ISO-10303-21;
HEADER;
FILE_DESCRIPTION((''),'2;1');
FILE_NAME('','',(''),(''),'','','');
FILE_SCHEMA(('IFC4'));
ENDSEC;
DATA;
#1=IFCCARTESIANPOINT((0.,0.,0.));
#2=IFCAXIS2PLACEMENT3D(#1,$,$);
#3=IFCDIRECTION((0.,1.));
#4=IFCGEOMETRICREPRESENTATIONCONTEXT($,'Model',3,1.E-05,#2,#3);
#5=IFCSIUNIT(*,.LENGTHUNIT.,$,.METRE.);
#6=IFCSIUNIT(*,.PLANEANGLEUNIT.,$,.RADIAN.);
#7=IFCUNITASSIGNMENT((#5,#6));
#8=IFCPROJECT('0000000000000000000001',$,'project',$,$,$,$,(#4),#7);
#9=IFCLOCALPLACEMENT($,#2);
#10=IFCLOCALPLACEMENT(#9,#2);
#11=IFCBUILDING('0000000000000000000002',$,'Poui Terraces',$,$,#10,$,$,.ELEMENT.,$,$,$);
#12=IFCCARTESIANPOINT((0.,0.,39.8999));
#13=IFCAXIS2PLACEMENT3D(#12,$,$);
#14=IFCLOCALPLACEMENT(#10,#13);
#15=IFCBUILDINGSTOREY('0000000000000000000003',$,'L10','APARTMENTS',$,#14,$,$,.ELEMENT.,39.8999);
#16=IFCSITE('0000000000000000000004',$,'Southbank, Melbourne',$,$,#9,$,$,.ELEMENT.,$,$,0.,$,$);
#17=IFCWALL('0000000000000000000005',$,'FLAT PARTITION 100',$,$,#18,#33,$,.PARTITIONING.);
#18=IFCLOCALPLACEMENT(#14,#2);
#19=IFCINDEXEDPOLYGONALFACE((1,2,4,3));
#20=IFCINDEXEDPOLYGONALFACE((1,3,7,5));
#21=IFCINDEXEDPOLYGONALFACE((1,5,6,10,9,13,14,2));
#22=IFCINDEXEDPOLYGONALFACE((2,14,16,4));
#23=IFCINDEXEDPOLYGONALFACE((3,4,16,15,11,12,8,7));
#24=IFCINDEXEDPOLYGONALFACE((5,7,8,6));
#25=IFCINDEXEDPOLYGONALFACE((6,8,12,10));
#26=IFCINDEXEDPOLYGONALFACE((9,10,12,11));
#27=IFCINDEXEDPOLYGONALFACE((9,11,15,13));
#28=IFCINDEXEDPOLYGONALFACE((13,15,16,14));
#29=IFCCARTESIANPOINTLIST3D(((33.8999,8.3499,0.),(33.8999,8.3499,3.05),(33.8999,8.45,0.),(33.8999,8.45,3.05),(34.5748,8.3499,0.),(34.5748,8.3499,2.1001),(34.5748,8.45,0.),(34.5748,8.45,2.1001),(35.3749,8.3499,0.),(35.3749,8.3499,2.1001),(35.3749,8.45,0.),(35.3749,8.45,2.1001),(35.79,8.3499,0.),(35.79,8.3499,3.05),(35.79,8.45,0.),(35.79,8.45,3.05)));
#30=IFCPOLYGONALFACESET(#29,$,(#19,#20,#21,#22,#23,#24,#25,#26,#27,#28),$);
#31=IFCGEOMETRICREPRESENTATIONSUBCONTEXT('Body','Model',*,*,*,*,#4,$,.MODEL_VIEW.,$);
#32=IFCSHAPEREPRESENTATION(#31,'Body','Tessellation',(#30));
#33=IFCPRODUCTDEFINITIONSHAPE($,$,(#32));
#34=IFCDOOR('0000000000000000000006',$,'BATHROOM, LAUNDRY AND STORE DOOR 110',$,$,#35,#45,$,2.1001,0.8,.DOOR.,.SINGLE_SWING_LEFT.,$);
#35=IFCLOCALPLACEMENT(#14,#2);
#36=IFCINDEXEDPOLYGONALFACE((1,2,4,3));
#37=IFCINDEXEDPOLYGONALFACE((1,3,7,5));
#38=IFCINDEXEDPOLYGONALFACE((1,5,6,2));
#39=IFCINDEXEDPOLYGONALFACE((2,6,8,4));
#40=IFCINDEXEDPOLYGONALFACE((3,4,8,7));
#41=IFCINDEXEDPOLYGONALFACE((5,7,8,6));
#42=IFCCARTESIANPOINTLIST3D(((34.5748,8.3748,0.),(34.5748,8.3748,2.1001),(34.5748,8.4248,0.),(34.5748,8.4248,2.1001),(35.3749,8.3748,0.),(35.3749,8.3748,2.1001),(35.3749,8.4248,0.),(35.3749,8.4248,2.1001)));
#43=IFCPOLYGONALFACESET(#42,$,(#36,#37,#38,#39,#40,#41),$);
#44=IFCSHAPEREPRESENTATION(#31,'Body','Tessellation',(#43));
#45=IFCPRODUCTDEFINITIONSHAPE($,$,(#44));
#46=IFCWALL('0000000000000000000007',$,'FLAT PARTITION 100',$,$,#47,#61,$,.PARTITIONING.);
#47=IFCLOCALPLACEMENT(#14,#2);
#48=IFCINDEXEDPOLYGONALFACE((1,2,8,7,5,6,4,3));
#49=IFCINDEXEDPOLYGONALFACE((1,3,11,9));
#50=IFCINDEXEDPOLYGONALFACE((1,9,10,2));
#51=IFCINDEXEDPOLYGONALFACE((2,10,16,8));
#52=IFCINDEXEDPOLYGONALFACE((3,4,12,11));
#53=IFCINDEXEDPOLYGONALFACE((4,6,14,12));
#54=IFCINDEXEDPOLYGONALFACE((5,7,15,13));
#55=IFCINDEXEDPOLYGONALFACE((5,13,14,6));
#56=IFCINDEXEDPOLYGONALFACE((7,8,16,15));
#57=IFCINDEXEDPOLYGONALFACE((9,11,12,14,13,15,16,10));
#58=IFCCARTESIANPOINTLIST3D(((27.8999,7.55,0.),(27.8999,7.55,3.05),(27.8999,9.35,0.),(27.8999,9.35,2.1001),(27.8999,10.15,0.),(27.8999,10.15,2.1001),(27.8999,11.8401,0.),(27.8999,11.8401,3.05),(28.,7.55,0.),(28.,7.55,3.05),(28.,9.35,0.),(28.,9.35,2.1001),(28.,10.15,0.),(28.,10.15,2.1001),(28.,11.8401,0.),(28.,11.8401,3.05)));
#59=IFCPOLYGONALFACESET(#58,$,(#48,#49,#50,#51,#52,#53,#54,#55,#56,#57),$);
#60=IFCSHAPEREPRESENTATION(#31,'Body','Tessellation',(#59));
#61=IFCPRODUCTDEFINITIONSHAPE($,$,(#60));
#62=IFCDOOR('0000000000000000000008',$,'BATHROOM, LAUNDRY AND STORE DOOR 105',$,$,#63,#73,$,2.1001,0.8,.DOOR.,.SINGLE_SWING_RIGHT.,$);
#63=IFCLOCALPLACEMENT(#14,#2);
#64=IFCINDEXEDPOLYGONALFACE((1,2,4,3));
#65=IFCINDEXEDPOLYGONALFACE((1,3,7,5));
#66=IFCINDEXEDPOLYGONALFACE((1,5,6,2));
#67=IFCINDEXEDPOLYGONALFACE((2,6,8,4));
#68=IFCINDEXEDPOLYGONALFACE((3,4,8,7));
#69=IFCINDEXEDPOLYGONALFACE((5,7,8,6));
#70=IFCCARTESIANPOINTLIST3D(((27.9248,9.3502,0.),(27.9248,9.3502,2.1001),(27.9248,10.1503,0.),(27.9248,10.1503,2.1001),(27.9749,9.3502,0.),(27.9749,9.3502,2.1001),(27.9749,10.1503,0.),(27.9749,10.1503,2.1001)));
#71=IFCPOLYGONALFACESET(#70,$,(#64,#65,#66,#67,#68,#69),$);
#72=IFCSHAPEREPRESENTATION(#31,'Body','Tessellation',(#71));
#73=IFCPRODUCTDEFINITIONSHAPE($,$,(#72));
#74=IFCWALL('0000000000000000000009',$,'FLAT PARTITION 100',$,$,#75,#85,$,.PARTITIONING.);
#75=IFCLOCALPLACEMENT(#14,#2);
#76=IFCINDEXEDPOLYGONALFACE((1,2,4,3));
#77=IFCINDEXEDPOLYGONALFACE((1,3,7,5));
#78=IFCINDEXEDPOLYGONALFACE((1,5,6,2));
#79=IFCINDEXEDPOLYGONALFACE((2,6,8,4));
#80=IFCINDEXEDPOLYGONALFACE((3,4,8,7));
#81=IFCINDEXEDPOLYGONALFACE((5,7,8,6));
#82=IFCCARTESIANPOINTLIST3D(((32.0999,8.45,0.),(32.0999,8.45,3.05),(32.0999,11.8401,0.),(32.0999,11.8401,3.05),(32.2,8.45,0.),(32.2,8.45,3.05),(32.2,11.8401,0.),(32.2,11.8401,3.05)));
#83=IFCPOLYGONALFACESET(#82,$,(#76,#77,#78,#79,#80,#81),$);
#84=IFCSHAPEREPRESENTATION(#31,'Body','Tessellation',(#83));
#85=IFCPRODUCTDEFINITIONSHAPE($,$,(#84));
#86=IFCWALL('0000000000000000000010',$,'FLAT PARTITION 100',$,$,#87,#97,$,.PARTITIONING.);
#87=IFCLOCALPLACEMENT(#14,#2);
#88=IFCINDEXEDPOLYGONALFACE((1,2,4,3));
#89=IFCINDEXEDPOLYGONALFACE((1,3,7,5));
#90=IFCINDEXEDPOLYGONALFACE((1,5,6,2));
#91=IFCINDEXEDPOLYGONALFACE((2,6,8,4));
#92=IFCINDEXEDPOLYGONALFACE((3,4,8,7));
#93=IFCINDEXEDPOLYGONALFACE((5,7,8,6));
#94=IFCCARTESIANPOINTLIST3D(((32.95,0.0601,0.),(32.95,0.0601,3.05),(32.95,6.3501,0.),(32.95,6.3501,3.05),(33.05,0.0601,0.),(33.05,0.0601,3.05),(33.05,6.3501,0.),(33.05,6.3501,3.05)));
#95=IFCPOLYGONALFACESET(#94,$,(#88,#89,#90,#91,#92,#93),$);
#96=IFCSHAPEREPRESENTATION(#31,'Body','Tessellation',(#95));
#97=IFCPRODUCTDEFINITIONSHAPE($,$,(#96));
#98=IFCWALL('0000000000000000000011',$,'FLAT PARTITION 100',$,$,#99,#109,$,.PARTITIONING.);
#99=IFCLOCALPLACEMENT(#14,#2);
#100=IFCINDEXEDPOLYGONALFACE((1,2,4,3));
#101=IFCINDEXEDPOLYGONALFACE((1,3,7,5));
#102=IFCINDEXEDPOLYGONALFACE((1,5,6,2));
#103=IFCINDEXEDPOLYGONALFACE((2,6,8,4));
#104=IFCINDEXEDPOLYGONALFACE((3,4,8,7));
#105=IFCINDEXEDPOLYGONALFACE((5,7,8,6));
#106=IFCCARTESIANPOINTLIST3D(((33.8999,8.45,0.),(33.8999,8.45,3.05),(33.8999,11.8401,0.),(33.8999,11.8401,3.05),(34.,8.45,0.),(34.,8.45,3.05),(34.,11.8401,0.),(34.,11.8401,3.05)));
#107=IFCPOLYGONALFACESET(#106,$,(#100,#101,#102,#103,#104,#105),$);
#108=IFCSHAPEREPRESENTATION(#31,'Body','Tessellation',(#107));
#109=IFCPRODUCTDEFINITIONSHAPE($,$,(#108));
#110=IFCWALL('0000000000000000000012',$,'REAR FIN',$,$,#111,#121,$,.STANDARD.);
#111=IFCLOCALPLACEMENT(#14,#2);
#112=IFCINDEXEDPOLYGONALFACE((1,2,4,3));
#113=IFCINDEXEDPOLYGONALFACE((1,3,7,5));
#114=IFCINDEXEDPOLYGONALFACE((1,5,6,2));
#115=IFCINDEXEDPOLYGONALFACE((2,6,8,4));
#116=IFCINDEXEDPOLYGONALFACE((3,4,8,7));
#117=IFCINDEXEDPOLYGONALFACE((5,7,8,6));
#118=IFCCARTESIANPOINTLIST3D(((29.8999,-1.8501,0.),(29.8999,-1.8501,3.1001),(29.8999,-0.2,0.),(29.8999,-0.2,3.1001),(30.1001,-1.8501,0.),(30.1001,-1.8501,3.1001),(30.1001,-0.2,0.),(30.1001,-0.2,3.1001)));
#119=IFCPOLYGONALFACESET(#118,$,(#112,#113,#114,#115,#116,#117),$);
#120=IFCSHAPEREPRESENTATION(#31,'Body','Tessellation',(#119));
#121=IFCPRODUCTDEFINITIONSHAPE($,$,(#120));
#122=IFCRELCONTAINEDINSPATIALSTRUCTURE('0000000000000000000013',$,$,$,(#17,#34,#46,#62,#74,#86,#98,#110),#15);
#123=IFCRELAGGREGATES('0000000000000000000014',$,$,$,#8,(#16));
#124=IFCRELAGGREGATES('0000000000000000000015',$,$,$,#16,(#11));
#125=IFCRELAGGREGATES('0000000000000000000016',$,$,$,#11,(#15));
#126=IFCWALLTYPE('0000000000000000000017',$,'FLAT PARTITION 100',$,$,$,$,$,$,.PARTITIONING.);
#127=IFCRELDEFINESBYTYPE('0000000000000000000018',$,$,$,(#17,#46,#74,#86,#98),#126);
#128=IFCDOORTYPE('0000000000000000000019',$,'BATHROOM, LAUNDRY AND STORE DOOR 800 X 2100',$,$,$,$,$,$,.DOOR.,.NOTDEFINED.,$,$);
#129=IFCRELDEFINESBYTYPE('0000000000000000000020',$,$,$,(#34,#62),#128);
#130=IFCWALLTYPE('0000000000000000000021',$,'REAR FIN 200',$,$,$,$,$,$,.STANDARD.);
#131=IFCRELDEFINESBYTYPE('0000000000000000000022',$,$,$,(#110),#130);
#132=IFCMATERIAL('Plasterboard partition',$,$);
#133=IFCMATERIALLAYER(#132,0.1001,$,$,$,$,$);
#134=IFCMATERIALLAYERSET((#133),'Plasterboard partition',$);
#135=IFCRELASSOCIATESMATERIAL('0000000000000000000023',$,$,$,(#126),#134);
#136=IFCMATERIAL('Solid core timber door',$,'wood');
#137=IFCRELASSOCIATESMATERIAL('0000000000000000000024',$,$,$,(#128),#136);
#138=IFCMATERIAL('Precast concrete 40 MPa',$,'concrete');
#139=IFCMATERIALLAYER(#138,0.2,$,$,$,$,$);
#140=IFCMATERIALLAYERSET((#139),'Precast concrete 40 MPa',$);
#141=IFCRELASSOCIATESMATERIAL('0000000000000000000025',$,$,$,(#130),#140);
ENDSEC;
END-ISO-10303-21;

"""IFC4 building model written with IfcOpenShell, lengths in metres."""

from ifc_helpers import new_model, si_unit, direction, frame, frame_2d, origin, place, context, subcontext, project, spatial, polyline, rectangle, outline, extrude, source, transform, mapped, material, layer, layer_set, type_object, element, fill, save


model = new_model("IFC4")

# Units and contexts
model_context = context("Model", 3, precision=1e-05, world=origin(), true_north=direction((0.0, 1.0)))
body_context = subcontext(model_context, "Body", "Model", "MODEL_VIEW")
ifc_project = project(units=[si_unit("LENGTHUNIT", "METRE"), si_unit("PLANEANGLEUNIT", "RADIAN")], contexts=[model_context])

# Site, building, storey
site_placement = place(None, origin())
site = spatial("IfcSite", under=ifc_project, at=site_placement, Name="Southbank, Melbourne", CompositionType="ELEMENT", RefElevation=0.0)
building_placement = place(site_placement, origin())
building = spatial("IfcBuilding", under=site, at=building_placement, Name="Poui Terraces", CompositionType="ELEMENT")
storey_placement = place(building_placement, frame((0.0, 0.0, 39.8999)))
storey = spatial("IfcBuildingStorey", under=building, at=storey_placement, Name="L10", Description="APARTMENTS", CompositionType="ELEMENT", Elevation=39.8999)

# Walls, openings, doors
ifc_material_1 = material(Name="Solid core timber door", Category="wood")
ifc_material_2 = material(Name="Plasterboard partition")
ifc_layer_1 = layer(ifc_material_2, 0.1001)
ifc_layer_set_1 = layer_set([ifc_layer_1], Name="Plasterboard partition")
wall_type_1 = type_object("IfcWallType", Name="FLAT PARTITION 100", PredefinedType="PARTITIONING", material=ifc_layer_set_1)
wall_1_placement = place(storey_placement, frame((33.8999, 8.3999, 0.0), z_axis=(0.0, 0.0, 1.0), x_axis=(1.0, 0.0, 0.0)))
wall_1 = element("IfcWall", 1, at=wall_1_placement, inside=storey, type_object=wall_type_1, Name="FLAT PARTITION 100", PredefinedType="PARTITIONING", context=body_context, shape_type="SweptSolid", body=[
    extrude(rectangle(XDim=1.8901, YDim=0.1001, at=frame_2d((0.9451, 0.0))), origin(), (0.0, 0.0, 1.0), 3.05),
])
opening_1_placement = place(wall_1_placement, frame((0.675, 0.0, 0.0)))
opening_1 = element("IfcOpeningElement", 2, at=opening_1_placement, cuts=wall_1, PredefinedType="OPENING", context=body_context, shape_type="SweptSolid", body=[
    extrude(rectangle(XDim=0.8, YDim=2.1001, at=frame_2d((0.3999, 1.05))), frame((0.0, 0.0601, 0.0), z_axis=(0.0, -1.0, 0.0), x_axis=(1.0, 0.0, 0.0)), (0.0, 0.0, 1.0), 0.1201),
])
door_type_1 = type_object("IfcDoorType", Name="BATHROOM, LAUNDRY AND STORE DOOR 800 X 2100", OperationType="NOTDEFINED", PredefinedType="DOOR", material=ifc_material_1)
door_1_placement = place(opening_1_placement, origin())
door_1 = element("IfcDoor", 3, at=door_1_placement, inside=storey, type_object=door_type_1, Name="BATHROOM, LAUNDRY AND STORE DOOR 110", OperationType="SINGLE_SWING_LEFT", OverallHeight=2.1001, OverallWidth=0.8, PredefinedType="DOOR", context=body_context, shape_type="SweptSolid", body=[
    extrude(rectangle(XDim=0.8, YDim=2.1001, at=frame_2d((0.3999, 1.05))), frame((0.0, 0.0249, 0.0), z_axis=(0.0, -1.0, 0.0), x_axis=(1.0, 0.0, 0.0)), (0.0, 0.0, 1.0), 0.05),
])
fill(opening_1, door_1)
wall_2_placement = place(storey_placement, frame((27.95, 7.55, 0.0), z_axis=(0.0, 0.0, 1.0), x_axis=(0.0, 1.0, 0.0)))
wall_2 = element("IfcWall", 4, at=wall_2_placement, inside=storey, type_object=wall_type_1, Name="FLAT PARTITION 100", PredefinedType="PARTITIONING", context=body_context, shape_type="SweptSolid", body=[
    extrude(rectangle(XDim=4.29, YDim=0.1001, at=frame_2d((2.145, 0.0))), origin(), (0.0, 0.0, 1.0), 3.05),
])
opening_2_placement = place(wall_2_placement, frame((1.8, 0.0, 0.0)))
opening_2 = element("IfcOpeningElement", 5, at=opening_2_placement, cuts=wall_2, PredefinedType="OPENING", context=body_context, shape_type="SweptSolid", body=[
    extrude(rectangle(XDim=0.8, YDim=2.1001, at=frame_2d((0.3999, 1.05))), frame((0.0, 0.0601, 0.0), z_axis=(0.0, -1.0, 0.0), x_axis=(1.0, 0.0, 0.0)), (0.0, 0.0, 1.0), 0.1201),
])
door_2_placement = place(opening_2_placement, frame((0.8, 0.0, 0.0), z_axis=(0.0, 0.0, 1.0), x_axis=(-1.0, 0.0, 0.0)))
door_2 = element("IfcDoor", 6, at=door_2_placement, inside=storey, type_object=door_type_1, Name="BATHROOM, LAUNDRY AND STORE DOOR 105", OperationType="SINGLE_SWING_RIGHT", OverallHeight=2.1001, OverallWidth=0.8, PredefinedType="DOOR", context=body_context, shape_type="SweptSolid", body=[
    extrude(rectangle(XDim=0.8, YDim=2.1001, at=frame_2d((0.3999, 1.05))), frame((0.0, 0.0249, 0.0), z_axis=(0.0, -1.0, 0.0), x_axis=(1.0, 0.0, 0.0)), (0.0, 0.0, 1.0), 0.05),
])
fill(opening_2, door_2)

# Walls
wall_3_placement = place(storey_placement, frame((32.1499, 8.45, 0.0), z_axis=(0.0, 0.0, 1.0), x_axis=(0.0, 1.0, 0.0)))
element("IfcWall", 7, at=wall_3_placement, inside=storey, type_object=wall_type_1, Name="FLAT PARTITION 100", PredefinedType="PARTITIONING", context=body_context, shape_type="SweptSolid", body=[
    extrude(rectangle(XDim=3.3901, YDim=0.1001, at=frame_2d((1.6951, 0.0))), origin(), (0.0, 0.0, 1.0), 3.05),
])
wall_4_placement = place(storey_placement, frame((33.0, 0.0601, 0.0), z_axis=(0.0, 0.0, 1.0), x_axis=(0.0, 1.0, 0.0)))
element("IfcWall", 8, at=wall_4_placement, inside=storey, type_object=wall_type_1, Name="FLAT PARTITION 100", PredefinedType="PARTITIONING", context=body_context, shape_type="SweptSolid", body=[
    extrude(rectangle(XDim=6.29, YDim=0.1001, at=frame_2d((3.145, 0.0))), origin(), (0.0, 0.0, 1.0), 3.05),
])
wall_5_placement = place(storey_placement, frame((33.95, 8.45, 0.0), z_axis=(0.0, 0.0, 1.0), x_axis=(0.0, 1.0, 0.0)))
element("IfcWall", 9, at=wall_5_placement, inside=storey, type_object=wall_type_1, Name="FLAT PARTITION 100", PredefinedType="PARTITIONING", context=body_context, shape_type="SweptSolid", body=[
    extrude(rectangle(XDim=3.3901, YDim=0.1001, at=frame_2d((1.6951, 0.0))), origin(), (0.0, 0.0, 1.0), 3.05),
])
ifc_material_3 = material(Name="Precast concrete 40 MPa", Category="concrete")
ifc_layer_2 = layer(ifc_material_3, 0.2)
ifc_layer_set_2 = layer_set([ifc_layer_2], Name="Precast concrete 40 MPa")
wall_type_2 = type_object("IfcWallType", Name="REAR FIN 200", PredefinedType="STANDARD", material=ifc_layer_set_2)
shared_shape_1 = source(origin(), body_context, "Body", "SweptSolid", [
    extrude(outline(polyline([(0.0, 0.0), (0.2002, 0.0), (0.2002, 1.6501), (0.0, 1.6501), (0.0, 0.0)])), origin(), (0.0, 0.0, 1.0), 3.1001),
])
wall_6_placement = place(storey_placement, frame((29.8999, -1.8501, 0.0)))
element("IfcWall", 10, at=wall_6_placement, inside=storey, type_object=wall_type_2, Name="REAR FIN", PredefinedType="STANDARD", context=body_context, shape_type="MappedRepresentation", body=[
    mapped(shared_shape_1, transform((0.0, 0.0, 0.0))),
])

save(model, "model.ifc")
